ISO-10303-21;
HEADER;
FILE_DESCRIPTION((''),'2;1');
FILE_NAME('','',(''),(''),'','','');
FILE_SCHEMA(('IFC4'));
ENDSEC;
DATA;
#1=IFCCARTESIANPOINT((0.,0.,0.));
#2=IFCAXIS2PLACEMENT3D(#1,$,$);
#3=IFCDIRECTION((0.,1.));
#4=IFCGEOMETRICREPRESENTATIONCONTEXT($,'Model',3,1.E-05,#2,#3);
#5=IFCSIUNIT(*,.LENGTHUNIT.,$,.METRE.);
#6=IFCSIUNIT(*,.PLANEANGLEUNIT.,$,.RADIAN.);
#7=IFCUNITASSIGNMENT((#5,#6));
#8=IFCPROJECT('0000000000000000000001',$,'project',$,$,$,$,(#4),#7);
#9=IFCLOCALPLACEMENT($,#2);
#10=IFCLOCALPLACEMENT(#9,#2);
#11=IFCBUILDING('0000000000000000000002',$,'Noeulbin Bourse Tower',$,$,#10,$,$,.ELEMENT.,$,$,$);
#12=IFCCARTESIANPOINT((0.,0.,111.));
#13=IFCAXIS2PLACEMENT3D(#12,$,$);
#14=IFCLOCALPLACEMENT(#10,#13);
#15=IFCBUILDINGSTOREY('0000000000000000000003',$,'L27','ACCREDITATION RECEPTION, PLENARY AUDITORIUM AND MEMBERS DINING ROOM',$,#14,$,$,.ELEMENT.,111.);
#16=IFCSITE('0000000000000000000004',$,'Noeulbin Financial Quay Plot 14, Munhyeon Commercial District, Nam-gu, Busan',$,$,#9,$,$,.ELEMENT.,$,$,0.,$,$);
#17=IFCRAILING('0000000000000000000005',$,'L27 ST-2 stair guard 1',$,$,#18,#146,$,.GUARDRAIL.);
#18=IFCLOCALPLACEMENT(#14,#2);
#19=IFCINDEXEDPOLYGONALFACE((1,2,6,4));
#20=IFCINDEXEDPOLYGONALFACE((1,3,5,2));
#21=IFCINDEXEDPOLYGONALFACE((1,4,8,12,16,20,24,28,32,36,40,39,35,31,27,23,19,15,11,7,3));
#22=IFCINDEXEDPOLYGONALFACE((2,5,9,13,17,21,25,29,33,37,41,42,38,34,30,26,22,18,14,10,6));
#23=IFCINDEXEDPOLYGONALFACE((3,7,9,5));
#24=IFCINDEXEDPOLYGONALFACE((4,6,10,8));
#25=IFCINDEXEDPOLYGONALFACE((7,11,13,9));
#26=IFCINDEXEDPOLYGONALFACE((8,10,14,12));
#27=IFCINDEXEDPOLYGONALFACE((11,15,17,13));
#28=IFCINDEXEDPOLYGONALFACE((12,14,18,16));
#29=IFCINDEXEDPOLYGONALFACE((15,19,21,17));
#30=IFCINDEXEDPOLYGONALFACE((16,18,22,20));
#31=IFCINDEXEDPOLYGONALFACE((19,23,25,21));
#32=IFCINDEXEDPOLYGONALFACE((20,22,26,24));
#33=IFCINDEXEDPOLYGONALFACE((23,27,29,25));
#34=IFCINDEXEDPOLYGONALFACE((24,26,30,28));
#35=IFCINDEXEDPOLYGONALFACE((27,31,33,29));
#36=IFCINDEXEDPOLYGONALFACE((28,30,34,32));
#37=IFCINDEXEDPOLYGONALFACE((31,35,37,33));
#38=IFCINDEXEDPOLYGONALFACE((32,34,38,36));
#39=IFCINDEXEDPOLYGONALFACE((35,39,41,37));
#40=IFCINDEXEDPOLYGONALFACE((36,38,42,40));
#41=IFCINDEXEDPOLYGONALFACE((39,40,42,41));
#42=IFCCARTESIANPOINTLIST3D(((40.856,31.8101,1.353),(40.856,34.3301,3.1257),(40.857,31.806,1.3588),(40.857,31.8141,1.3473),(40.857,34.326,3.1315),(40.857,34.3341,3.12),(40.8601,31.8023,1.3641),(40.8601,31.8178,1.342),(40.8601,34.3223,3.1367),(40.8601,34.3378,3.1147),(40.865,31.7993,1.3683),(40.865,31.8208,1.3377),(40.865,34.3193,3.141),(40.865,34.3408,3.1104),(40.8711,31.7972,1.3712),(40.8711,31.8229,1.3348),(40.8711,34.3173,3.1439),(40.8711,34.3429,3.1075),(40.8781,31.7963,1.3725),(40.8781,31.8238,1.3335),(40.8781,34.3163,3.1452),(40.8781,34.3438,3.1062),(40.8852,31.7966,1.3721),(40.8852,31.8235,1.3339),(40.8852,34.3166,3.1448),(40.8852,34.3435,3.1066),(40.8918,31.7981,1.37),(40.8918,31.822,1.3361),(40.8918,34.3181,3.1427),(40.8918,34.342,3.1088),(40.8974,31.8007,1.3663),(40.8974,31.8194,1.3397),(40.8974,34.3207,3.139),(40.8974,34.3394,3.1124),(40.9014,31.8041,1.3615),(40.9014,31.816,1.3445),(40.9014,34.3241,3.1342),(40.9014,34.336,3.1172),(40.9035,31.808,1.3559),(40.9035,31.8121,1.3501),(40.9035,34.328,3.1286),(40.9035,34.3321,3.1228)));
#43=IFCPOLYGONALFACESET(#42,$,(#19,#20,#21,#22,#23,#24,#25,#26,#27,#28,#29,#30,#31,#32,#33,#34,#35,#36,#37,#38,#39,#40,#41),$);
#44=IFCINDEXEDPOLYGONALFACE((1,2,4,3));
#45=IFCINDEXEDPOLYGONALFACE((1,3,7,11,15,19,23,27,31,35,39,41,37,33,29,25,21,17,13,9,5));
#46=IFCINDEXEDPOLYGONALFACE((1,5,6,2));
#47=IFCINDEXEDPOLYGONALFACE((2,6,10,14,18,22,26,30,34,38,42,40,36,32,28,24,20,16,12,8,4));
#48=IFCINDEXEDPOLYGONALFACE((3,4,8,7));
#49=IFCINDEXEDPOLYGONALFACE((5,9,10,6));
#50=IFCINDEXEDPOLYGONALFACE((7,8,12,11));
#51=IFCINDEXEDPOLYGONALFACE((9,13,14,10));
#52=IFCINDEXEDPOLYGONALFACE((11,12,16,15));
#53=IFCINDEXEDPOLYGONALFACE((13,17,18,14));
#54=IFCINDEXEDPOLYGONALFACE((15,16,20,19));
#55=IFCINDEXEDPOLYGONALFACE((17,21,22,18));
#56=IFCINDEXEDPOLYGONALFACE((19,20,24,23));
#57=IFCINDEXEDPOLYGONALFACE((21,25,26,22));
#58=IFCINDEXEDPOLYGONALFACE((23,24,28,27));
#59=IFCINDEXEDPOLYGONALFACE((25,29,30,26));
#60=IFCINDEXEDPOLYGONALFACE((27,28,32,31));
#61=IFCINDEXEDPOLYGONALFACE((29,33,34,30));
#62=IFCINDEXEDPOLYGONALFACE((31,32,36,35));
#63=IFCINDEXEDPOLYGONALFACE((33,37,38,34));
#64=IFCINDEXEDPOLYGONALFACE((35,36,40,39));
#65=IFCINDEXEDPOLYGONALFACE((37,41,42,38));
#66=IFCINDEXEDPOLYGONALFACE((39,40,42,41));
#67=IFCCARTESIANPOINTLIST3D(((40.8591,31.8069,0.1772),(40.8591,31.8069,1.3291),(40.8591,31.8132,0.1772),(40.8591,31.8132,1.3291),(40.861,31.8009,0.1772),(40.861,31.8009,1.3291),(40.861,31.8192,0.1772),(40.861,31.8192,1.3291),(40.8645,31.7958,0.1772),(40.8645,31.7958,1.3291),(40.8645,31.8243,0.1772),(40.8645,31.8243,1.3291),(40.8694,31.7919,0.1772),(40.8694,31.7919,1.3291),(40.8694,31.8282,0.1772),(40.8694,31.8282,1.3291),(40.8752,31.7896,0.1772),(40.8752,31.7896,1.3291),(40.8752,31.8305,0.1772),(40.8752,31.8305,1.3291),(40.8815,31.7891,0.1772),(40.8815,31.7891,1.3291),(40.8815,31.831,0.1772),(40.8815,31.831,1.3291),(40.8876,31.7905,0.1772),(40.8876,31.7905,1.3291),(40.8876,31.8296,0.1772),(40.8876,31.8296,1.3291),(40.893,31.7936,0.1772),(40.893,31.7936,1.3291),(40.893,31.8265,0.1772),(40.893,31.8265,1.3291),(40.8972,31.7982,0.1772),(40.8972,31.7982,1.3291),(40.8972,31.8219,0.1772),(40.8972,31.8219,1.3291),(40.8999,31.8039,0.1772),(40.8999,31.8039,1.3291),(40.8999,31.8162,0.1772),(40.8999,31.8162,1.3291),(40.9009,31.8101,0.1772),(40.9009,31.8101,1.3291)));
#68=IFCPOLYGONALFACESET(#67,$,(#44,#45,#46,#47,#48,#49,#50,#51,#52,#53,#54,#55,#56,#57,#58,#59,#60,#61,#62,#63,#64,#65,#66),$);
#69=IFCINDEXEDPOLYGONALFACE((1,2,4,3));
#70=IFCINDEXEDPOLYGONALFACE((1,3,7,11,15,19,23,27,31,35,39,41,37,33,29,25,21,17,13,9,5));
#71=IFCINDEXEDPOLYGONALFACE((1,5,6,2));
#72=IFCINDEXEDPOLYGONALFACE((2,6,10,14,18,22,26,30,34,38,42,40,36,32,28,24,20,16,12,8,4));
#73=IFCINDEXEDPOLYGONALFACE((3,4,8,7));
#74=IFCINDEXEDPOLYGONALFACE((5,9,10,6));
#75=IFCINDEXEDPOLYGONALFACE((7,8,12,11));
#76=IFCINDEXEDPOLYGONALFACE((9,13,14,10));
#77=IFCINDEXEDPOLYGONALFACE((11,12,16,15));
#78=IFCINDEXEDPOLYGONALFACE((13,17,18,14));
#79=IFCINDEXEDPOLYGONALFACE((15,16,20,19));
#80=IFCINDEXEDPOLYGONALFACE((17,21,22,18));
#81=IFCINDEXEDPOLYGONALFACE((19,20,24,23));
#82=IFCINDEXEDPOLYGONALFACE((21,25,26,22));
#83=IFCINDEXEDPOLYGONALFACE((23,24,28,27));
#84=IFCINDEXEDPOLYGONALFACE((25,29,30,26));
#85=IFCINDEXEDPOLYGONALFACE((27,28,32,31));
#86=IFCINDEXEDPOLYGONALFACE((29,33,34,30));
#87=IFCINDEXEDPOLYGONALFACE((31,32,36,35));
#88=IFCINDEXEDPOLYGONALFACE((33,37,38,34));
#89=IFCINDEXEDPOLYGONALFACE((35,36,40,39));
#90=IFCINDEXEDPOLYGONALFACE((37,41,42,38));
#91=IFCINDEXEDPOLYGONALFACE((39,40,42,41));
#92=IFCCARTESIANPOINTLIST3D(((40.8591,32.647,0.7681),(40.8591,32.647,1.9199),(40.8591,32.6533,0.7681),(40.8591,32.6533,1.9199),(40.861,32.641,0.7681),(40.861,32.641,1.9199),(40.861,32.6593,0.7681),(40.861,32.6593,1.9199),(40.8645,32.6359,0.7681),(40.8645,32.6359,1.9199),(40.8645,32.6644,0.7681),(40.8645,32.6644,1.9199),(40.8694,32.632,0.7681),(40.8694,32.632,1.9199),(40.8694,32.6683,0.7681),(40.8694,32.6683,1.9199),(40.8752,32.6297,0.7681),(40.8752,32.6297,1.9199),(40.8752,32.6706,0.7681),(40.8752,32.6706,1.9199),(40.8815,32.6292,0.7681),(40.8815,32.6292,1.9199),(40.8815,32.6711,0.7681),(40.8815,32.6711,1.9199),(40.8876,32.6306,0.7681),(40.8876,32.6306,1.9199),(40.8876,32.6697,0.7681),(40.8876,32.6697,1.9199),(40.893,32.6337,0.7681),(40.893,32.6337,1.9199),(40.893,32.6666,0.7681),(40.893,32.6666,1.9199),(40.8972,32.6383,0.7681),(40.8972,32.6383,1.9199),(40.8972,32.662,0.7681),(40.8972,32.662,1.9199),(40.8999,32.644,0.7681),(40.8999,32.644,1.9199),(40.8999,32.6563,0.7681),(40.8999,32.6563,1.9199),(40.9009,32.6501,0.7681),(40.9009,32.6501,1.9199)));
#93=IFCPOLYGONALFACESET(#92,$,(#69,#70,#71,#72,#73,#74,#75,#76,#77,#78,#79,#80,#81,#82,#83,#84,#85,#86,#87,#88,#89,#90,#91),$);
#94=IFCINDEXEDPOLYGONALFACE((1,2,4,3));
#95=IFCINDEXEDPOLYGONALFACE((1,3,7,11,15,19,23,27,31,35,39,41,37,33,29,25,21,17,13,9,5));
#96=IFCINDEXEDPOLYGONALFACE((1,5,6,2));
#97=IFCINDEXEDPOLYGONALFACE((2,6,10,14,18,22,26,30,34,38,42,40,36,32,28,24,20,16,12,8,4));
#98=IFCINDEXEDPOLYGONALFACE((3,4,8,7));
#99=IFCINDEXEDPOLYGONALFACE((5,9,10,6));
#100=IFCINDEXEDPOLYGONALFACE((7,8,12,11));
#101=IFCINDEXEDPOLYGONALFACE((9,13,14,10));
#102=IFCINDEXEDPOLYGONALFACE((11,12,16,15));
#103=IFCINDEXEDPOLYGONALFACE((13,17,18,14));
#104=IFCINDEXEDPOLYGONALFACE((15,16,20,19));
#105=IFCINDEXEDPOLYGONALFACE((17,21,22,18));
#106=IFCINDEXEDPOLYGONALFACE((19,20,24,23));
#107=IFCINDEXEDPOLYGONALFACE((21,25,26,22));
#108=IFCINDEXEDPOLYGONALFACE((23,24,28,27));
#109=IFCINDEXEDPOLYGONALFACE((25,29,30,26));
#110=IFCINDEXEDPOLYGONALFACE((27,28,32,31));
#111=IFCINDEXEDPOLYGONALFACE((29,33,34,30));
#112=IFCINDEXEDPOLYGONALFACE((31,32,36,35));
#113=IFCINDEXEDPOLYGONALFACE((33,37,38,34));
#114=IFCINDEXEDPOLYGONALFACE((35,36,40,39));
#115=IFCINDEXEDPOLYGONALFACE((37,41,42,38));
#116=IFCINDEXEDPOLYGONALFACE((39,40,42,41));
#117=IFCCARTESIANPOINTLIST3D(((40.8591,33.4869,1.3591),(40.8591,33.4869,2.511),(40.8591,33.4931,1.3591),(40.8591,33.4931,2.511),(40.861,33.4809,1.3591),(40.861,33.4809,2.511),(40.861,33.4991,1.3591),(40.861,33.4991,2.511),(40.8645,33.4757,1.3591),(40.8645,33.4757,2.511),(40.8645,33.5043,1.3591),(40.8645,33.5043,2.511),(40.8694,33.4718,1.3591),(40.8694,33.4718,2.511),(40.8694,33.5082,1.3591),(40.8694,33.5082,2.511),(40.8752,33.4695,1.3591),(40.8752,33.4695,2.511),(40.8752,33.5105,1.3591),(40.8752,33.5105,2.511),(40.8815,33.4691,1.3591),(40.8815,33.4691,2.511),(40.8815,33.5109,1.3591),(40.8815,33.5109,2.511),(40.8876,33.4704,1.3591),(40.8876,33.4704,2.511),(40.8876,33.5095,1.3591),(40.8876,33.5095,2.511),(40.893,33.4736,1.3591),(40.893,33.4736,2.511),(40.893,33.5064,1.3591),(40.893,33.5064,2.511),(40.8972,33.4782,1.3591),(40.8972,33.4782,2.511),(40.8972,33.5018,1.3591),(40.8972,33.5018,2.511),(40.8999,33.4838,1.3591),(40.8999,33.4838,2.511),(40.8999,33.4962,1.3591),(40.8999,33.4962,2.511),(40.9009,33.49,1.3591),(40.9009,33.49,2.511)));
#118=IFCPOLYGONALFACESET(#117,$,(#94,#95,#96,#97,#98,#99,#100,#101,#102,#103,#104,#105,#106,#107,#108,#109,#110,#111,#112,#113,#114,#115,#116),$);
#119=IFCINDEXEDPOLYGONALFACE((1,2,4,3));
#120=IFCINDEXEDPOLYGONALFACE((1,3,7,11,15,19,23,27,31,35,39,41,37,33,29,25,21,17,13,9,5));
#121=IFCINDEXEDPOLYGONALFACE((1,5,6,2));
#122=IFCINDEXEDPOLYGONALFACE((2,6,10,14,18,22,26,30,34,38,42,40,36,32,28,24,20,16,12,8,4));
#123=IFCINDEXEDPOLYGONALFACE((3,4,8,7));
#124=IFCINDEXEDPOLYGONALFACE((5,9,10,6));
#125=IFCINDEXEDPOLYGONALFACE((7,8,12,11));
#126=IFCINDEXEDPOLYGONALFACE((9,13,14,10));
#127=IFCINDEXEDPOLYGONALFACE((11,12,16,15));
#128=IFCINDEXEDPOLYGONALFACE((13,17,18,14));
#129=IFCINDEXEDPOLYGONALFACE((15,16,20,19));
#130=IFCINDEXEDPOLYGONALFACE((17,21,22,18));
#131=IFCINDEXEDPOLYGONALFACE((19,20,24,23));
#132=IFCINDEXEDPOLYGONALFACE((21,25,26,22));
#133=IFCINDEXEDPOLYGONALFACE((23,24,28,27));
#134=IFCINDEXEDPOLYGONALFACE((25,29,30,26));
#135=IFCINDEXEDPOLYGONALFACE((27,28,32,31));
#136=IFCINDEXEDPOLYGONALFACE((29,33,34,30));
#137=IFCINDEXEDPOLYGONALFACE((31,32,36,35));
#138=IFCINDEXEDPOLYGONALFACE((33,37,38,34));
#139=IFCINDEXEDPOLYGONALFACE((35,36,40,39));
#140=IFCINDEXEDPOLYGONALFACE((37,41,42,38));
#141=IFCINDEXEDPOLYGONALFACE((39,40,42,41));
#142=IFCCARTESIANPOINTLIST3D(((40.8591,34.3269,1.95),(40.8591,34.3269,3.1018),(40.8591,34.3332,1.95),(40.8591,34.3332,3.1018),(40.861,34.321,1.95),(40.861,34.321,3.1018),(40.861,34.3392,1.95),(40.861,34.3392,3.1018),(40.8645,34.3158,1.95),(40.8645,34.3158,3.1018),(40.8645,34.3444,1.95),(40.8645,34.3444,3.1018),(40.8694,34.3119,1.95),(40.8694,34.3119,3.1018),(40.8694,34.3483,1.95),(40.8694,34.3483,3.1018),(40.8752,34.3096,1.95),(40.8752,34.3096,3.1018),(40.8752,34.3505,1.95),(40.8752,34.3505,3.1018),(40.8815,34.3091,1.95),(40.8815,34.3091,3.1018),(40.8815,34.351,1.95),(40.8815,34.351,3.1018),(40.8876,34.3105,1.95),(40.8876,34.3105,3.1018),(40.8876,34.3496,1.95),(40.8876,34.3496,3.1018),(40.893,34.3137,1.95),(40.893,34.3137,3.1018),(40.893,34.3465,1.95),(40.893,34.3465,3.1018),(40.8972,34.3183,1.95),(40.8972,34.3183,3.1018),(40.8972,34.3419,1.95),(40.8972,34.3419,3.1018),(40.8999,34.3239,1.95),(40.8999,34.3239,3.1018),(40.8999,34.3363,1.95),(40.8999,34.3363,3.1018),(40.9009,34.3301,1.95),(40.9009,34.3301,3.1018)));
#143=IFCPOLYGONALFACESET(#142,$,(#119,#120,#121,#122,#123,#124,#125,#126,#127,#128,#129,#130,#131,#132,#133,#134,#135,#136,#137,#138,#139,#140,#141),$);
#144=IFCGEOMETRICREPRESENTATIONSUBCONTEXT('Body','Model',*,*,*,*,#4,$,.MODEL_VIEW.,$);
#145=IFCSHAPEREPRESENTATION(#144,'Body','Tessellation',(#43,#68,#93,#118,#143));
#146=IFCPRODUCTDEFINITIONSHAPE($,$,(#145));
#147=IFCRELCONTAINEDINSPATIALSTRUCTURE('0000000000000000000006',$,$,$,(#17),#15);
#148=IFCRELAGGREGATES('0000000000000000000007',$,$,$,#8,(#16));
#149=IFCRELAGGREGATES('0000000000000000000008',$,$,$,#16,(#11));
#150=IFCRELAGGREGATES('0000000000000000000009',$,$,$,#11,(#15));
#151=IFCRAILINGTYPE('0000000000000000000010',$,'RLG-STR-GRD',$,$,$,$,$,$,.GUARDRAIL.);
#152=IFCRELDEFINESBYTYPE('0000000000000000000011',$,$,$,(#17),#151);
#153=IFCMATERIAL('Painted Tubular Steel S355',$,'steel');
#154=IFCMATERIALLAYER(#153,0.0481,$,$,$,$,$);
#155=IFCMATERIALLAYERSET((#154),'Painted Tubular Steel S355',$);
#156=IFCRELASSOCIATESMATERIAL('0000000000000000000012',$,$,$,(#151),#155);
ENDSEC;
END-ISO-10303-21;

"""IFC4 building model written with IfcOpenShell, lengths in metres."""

from ifc_helpers import new_model, si_unit, direction, frame, origin, origin_2d, place, context, subcontext, project, spatial, circle, extrude, material, layer, layer_set, type_object, element, save


model = new_model("IFC4")

# Units and contexts
model_context = context("Model", 3, precision=1e-05, world=origin(), true_north=direction((0.0, 1.0)))
body_context = subcontext(model_context, "Body", "Model", "MODEL_VIEW")
ifc_project = project(units=[si_unit("LENGTHUNIT", "METRE"), si_unit("PLANEANGLEUNIT", "RADIAN")], contexts=[model_context])

# Site, building, storey
site_placement = place(None, origin())
site = spatial("IfcSite", under=ifc_project, at=site_placement, Name="Noeulbin Financial Quay Plot 14, Munhyeon Commercial District, Nam-gu, Busan", CompositionType="ELEMENT", RefElevation=0.0)
building_placement = place(site_placement, origin())
building = spatial("IfcBuilding", under=site, at=building_placement, Name="Noeulbin Bourse Tower", CompositionType="ELEMENT")
storey_placement = place(building_placement, frame((0.0, 0.0, 111.0)))
storey = spatial("IfcBuildingStorey", under=building, at=storey_placement, Name="L27", Description="ACCREDITATION RECEPTION, PLENARY AUDITORIUM AND MEMBERS DINING ROOM", CompositionType="ELEMENT", Elevation=111.0)

# Railing
ifc_material_1 = material(Name="Painted Tubular Steel S355", Category="steel")
ifc_layer_1 = layer(ifc_material_1, 0.0481)
ifc_layer_set_1 = layer_set([ifc_layer_1], Name="Painted Tubular Steel S355")
railing_type_1 = type_object("IfcRailingType", Name="RLG-STR-GRD", PredefinedType="GUARDRAIL", material=ifc_layer_set_1)
railing_1_placement = place(storey_placement, frame((40.8799, 31.8101, 0.1772)))
element("IfcRailing", 1, at=railing_1_placement, inside=storey, type_object=railing_type_1, Name="L27 ST-2 stair guard 1", PredefinedType="GUARDRAIL", context=body_context, shape_type="SweptSolid", body=[
    extrude(circle(Radius=0.0239, at=origin_2d()), frame((0.0, 0.0, 1.1758), z_axis=(0.0, 0.817904, 0.575354), x_axis=(-1.0, 0.0, 0.0)), (0.0, 0.0, 1.0), 3.0811),
    extrude(circle(Radius=0.021, at=origin_2d()), origin(), (0.0, 0.0, 1.0), 1.1519),
    extrude(circle(Radius=0.021, at=origin_2d()), frame((0.0, 0.8401, 0.5908)), (0.0, 0.0, 1.0), 1.1519),
    extrude(circle(Radius=0.021, at=origin_2d()), frame((0.0, 1.6799, 1.1819)), (0.0, 0.0, 1.0), 1.1519),
    extrude(circle(Radius=0.021, at=origin_2d()), frame((0.0, 2.52, 1.7727)), (0.0, 0.0, 1.0), 1.1519),
])

save(model, "model.ifc")
